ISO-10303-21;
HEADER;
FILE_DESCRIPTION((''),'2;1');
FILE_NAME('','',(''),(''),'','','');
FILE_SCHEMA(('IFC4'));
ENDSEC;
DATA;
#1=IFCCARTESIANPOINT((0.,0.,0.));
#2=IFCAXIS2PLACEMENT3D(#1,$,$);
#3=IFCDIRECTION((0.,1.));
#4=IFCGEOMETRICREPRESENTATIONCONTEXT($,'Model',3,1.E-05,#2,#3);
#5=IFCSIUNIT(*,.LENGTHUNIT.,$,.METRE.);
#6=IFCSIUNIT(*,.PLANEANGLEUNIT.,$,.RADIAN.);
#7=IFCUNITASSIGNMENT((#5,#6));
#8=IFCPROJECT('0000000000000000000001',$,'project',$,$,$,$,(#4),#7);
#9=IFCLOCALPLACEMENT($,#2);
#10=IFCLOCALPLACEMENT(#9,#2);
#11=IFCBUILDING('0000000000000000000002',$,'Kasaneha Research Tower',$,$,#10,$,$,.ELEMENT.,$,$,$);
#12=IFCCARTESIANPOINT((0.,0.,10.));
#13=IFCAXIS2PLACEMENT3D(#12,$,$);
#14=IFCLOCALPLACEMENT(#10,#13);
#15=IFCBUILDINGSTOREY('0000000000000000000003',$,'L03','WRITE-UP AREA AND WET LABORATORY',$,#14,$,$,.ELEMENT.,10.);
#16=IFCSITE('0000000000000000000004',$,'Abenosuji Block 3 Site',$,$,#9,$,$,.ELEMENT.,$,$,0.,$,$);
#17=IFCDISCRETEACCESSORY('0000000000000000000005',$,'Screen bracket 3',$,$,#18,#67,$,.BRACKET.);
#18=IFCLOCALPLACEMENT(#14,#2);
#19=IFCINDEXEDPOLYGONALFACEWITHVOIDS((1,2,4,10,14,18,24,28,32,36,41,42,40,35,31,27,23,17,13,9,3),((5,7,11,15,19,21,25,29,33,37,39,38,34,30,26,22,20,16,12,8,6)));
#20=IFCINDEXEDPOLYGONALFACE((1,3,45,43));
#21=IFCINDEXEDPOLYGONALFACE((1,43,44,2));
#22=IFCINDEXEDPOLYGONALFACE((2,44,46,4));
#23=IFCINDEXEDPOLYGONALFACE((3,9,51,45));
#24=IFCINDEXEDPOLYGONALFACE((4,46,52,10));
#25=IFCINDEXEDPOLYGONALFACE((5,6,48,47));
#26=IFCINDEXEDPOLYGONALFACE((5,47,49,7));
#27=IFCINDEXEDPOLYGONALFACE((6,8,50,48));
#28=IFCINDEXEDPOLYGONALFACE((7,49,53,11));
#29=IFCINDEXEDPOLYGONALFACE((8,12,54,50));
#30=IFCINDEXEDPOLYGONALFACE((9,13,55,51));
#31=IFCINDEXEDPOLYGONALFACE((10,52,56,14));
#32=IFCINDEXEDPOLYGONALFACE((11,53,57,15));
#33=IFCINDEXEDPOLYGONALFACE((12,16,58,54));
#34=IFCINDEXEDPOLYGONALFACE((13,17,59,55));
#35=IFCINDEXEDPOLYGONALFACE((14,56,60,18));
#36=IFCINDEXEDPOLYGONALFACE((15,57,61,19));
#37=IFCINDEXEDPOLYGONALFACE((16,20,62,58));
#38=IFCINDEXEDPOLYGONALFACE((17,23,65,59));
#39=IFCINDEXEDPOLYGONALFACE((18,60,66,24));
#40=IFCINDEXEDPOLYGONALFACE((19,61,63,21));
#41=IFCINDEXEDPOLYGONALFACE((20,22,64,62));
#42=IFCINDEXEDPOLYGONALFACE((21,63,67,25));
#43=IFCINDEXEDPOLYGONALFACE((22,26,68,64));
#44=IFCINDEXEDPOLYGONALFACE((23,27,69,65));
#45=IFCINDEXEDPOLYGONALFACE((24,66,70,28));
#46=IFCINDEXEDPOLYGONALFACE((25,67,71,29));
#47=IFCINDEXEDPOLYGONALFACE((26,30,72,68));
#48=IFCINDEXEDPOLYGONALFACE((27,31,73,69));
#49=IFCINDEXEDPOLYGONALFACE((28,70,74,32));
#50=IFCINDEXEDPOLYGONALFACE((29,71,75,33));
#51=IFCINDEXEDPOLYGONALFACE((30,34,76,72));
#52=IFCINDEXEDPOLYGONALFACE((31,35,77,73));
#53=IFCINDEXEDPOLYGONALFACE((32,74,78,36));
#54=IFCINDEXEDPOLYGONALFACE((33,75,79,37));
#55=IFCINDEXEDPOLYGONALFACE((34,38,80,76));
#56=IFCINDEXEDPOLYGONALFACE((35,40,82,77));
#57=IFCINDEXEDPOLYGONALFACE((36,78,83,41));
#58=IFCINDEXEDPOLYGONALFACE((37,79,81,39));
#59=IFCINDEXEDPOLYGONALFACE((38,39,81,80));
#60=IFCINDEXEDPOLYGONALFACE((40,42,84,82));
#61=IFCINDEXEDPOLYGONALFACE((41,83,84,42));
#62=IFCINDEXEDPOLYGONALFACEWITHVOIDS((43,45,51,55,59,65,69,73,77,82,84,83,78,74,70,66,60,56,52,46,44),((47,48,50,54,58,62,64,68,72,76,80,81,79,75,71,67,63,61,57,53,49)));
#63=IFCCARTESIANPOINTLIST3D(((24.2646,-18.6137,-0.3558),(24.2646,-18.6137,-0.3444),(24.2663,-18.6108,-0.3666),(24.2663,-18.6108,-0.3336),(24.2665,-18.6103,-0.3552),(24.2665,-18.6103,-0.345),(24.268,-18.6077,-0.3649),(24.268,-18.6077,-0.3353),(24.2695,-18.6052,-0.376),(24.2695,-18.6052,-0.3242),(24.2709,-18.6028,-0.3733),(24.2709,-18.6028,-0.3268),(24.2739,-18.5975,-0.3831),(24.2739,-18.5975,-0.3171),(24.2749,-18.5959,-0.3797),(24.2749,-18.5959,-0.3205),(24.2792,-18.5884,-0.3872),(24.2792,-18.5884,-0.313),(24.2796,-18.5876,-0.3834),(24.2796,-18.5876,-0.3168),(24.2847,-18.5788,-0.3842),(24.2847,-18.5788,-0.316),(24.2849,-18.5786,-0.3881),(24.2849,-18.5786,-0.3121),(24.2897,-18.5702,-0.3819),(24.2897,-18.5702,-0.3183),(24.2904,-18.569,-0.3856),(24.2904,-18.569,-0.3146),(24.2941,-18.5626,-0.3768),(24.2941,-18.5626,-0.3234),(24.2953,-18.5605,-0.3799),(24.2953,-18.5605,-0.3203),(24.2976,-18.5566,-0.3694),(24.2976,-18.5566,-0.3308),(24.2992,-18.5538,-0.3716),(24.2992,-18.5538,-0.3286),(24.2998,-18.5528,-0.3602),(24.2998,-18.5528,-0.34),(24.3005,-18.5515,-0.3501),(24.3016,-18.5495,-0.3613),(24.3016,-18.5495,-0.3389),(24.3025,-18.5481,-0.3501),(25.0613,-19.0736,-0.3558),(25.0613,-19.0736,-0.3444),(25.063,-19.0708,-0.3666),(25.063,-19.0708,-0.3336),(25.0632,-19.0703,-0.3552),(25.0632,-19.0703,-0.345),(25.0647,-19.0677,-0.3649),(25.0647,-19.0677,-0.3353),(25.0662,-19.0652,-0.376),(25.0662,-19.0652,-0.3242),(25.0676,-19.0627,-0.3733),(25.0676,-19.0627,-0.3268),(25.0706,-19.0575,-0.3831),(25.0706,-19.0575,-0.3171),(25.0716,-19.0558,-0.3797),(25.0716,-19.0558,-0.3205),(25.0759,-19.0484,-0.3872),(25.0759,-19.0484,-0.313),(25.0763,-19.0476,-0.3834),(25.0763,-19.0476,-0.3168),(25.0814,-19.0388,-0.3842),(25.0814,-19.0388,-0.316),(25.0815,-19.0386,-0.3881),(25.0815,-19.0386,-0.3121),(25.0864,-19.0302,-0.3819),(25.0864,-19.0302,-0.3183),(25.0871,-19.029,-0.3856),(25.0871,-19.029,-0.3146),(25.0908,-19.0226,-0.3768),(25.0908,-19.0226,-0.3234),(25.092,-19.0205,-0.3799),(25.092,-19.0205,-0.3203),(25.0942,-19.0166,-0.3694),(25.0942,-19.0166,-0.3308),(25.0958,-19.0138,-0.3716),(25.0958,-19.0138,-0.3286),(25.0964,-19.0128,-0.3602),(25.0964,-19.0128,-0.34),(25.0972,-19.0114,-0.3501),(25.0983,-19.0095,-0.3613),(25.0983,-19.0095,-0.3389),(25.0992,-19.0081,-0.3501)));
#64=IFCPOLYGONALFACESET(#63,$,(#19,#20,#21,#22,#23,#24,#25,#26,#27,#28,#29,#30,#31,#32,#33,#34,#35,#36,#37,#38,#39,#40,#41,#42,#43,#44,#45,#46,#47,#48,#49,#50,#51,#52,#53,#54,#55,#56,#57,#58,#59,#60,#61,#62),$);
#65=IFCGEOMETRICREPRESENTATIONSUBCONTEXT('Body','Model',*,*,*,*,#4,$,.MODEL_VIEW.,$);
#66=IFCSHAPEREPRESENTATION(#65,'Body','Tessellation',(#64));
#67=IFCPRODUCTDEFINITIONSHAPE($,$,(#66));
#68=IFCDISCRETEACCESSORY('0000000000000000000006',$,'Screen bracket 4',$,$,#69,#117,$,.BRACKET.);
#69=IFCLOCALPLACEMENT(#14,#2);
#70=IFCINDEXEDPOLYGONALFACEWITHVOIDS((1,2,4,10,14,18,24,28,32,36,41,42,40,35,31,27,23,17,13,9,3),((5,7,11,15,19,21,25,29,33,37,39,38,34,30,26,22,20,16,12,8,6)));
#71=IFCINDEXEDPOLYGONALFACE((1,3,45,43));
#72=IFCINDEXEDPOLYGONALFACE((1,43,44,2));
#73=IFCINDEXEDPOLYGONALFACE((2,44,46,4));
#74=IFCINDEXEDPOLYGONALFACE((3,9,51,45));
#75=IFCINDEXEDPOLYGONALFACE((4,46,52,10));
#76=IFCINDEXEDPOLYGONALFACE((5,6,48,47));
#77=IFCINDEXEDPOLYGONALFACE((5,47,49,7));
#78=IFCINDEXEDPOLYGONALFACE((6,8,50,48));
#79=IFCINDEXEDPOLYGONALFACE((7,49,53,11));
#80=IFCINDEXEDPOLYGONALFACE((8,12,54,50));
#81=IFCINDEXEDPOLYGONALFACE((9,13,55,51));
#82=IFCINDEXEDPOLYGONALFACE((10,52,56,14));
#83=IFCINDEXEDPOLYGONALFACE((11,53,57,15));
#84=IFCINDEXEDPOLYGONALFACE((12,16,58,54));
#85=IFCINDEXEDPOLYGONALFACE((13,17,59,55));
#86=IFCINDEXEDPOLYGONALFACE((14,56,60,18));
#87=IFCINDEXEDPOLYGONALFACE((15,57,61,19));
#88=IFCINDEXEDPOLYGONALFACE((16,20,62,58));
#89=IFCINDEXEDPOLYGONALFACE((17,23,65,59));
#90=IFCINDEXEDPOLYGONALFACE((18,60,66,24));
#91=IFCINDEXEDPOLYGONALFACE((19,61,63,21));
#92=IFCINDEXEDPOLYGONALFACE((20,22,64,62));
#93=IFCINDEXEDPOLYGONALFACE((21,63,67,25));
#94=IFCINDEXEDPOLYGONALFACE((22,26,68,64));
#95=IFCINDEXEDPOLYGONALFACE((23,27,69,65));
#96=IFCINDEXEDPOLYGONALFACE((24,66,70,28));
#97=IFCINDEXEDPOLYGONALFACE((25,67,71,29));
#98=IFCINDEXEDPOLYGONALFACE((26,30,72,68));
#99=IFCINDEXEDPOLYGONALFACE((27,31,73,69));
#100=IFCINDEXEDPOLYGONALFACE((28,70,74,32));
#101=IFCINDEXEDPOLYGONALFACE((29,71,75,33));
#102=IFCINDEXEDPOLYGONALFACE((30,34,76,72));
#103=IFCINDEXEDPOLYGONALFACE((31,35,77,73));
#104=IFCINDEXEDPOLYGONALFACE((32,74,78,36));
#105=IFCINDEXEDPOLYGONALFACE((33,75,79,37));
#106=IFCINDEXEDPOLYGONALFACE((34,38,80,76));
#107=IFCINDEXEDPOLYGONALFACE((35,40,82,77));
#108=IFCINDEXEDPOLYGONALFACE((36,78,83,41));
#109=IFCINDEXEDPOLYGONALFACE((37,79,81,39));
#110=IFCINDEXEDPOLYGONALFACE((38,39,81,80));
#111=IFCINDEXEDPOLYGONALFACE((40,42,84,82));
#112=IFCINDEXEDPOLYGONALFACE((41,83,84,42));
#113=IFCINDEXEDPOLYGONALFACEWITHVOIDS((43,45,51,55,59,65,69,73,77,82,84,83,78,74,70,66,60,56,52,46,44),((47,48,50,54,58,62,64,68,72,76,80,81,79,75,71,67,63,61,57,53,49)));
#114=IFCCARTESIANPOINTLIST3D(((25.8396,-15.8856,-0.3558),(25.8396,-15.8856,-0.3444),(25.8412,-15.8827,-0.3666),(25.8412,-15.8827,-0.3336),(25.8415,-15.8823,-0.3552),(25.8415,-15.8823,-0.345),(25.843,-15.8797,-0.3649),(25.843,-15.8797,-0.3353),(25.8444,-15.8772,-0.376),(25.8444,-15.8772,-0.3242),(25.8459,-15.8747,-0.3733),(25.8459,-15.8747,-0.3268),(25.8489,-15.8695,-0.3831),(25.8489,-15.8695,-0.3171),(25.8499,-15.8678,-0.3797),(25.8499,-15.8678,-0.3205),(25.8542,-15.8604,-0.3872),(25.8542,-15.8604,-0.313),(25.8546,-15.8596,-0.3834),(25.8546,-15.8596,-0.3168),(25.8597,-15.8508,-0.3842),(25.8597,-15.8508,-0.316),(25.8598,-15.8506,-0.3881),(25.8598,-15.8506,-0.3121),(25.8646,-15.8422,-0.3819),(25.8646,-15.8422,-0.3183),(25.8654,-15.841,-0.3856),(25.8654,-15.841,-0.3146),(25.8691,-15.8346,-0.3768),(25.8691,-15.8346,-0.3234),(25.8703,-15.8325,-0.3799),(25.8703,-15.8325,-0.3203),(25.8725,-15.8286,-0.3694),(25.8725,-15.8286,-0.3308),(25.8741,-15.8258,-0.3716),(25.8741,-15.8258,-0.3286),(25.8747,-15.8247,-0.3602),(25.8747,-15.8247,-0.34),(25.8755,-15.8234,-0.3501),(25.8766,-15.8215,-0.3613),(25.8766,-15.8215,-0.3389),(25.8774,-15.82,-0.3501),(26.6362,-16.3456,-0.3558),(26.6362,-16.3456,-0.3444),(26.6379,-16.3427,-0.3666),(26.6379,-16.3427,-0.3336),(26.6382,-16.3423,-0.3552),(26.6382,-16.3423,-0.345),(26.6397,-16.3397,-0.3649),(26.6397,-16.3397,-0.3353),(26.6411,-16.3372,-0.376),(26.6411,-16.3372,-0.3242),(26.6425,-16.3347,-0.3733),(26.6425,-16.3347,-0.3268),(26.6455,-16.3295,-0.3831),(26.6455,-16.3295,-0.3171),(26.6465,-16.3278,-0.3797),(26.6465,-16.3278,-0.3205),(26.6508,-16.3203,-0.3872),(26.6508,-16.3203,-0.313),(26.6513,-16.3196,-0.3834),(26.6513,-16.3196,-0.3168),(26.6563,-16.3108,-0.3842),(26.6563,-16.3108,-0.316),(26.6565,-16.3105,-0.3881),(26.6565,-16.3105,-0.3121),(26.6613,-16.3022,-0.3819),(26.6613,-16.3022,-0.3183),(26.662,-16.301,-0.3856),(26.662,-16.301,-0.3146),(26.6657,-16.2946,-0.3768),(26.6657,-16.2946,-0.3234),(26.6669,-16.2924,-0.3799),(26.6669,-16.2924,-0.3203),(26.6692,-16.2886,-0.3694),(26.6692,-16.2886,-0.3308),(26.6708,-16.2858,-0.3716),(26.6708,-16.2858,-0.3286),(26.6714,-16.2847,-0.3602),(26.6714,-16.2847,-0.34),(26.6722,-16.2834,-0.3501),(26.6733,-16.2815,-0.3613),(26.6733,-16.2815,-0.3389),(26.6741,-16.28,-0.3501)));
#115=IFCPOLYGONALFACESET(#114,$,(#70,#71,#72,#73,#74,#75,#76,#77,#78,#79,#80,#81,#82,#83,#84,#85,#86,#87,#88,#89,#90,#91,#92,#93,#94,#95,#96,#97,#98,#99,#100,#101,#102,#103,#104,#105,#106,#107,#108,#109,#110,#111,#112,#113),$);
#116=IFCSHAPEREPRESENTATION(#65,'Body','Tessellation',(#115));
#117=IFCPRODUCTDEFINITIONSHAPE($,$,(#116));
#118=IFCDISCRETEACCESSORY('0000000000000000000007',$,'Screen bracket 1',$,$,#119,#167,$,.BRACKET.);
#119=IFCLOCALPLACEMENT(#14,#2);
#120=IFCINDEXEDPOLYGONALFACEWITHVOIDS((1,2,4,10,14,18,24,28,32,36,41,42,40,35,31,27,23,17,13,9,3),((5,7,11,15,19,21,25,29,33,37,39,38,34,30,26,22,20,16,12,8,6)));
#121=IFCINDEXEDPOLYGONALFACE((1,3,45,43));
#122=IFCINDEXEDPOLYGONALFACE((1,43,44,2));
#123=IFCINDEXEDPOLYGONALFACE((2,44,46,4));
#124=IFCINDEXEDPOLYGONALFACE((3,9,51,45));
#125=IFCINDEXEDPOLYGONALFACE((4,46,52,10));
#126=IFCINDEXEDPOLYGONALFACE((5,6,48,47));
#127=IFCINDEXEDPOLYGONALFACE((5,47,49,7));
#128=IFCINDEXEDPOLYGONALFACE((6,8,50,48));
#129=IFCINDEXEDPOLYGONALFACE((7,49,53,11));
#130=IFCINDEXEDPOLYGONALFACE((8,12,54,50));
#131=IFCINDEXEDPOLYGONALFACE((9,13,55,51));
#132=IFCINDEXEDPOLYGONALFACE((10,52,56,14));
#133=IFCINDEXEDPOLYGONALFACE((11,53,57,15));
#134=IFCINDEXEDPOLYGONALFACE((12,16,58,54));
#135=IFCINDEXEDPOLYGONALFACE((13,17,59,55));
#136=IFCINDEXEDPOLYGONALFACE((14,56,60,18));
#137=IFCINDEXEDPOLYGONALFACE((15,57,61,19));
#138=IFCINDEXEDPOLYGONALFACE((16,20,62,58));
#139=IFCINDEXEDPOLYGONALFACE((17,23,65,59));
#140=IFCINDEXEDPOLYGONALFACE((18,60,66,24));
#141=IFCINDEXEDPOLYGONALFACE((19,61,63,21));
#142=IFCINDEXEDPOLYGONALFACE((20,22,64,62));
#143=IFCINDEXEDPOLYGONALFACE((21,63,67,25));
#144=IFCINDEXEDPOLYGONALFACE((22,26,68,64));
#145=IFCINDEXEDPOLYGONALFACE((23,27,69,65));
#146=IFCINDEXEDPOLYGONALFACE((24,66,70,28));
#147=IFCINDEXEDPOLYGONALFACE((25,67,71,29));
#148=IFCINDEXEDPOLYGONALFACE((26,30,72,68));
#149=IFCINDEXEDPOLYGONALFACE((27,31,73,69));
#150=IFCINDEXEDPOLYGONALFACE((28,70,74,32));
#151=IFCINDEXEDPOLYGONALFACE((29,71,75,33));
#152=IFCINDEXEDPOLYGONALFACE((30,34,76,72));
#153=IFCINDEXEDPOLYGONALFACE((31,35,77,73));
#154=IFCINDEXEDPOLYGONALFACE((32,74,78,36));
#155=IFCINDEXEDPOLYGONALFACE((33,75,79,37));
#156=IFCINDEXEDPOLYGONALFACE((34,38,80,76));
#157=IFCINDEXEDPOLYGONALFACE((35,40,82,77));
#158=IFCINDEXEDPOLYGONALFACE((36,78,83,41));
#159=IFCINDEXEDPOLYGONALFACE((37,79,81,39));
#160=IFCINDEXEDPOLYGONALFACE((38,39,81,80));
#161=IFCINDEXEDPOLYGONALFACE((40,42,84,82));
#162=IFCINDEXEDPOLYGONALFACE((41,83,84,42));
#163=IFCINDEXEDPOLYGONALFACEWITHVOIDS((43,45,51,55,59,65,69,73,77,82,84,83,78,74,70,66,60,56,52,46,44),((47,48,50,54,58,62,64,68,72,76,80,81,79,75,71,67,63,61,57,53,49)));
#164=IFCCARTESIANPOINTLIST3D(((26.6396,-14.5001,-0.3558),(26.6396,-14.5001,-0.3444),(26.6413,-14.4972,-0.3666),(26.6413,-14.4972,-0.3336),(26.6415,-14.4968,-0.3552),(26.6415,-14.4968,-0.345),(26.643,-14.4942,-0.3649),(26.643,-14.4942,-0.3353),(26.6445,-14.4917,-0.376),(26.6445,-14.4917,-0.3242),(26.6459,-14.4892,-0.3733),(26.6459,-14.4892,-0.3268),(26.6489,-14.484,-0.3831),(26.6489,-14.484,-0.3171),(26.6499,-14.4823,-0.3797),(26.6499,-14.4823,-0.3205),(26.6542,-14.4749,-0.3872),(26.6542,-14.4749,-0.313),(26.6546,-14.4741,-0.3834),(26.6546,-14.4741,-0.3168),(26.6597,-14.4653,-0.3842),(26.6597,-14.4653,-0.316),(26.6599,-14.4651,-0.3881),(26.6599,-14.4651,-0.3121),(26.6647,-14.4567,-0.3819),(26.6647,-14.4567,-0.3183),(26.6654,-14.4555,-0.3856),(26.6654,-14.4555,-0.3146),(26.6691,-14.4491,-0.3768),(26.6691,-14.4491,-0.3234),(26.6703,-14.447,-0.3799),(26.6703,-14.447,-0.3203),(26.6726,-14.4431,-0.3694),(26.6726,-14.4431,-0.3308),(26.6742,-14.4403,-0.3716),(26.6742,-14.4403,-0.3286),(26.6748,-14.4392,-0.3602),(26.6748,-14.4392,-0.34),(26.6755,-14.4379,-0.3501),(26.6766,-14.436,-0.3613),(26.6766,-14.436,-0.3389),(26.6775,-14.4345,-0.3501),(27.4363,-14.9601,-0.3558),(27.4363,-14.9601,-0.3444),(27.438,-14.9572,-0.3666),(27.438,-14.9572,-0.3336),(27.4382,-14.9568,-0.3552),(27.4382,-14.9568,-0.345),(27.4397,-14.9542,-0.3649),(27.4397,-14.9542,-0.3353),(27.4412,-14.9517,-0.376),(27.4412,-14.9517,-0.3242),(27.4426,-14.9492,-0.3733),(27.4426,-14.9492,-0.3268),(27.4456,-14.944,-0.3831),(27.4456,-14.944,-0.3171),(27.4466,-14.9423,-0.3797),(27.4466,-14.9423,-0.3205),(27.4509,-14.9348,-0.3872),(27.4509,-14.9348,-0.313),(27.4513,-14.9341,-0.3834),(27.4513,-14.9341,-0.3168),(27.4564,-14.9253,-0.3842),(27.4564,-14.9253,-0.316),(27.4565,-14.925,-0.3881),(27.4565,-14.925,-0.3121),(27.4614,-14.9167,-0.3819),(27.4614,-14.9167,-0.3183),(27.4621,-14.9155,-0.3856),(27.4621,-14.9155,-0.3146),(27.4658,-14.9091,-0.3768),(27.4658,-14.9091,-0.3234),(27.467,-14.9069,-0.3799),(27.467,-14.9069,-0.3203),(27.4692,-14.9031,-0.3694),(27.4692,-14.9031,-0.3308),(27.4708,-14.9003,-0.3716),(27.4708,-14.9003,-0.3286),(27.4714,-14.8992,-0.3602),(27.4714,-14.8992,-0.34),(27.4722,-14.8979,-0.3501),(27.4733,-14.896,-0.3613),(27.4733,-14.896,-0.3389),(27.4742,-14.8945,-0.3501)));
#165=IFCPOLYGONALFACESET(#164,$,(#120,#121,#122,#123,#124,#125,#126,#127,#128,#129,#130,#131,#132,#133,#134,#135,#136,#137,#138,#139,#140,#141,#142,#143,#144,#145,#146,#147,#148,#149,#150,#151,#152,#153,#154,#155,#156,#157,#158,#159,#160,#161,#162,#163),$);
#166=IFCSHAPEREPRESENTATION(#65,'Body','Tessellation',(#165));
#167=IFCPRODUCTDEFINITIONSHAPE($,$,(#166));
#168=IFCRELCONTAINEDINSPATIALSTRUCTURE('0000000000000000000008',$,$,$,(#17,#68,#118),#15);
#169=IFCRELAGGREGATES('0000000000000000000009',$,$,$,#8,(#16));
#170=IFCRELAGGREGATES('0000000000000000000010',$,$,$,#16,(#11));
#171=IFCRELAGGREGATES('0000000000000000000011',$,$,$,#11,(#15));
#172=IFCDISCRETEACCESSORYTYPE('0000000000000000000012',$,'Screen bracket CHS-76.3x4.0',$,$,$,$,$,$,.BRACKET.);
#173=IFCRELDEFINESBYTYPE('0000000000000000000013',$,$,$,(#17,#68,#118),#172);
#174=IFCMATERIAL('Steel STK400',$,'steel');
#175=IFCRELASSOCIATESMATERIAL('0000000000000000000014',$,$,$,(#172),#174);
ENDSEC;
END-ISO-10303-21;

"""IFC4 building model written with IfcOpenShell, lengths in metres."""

from ifc_helpers import new_model, si_unit, direction, frame, origin, origin_2d, place, context, subcontext, project, spatial, hollow_circle, extrude, material, material_profile, profile_set, type_object, element, save


model = new_model("IFC4")

# Units and contexts
model_context = context("Model", 3, precision=1e-05, world=origin(), true_north=direction((0.0, 1.0)))
body_context = subcontext(model_context, "Body", "Model", "MODEL_VIEW")
ifc_project = project(units=[si_unit("LENGTHUNIT", "METRE"), si_unit("PLANEANGLEUNIT", "RADIAN")], contexts=[model_context])

# Site, building, storey
site_placement = place(None, origin())
site = spatial("IfcSite", under=ifc_project, at=site_placement, Name="Abenosuji Block 3 Site", CompositionType="ELEMENT", RefElevation=0.0)
building_placement = place(site_placement, origin())
building = spatial("IfcBuilding", under=site, at=building_placement, Name="Kasaneha Research Tower", CompositionType="ELEMENT")
storey_placement = place(building_placement, frame((0.0, 0.0, 10.0)))
storey = spatial("IfcBuildingStorey", under=building, at=storey_placement, Name="L03", Description="WRITE-UP AREA AND WET LABORATORY", CompositionType="ELEMENT", Elevation=10.0)

# Discrete accessories
ifc_material_1 = material(Name="Steel STK400", Category="steel")
ifc_material_profile_1 = material_profile(ifc_material_1, hollow_circle(Radius=0.0381, WallThickness=0.0039, at=origin_2d()), Name="CHS-76.3x4.0")
ifc_profile_set_1 = profile_set([ifc_material_profile_1], Name="Steel STK400")
discrete_accessory_type = type_object("IfcDiscreteAccessoryType", Name="Screen bracket CHS-76.3x4.0", PredefinedType="BRACKET", material=ifc_profile_set_1)
for number, where, z_axis, x_axis, name in (
    (1, (24.2834, -18.5811, -0.3501), (0.866013, -0.500021, 0.0), (0.500021, 0.866013, 0.0), "Screen bracket 3"),
    (2, (25.8584, -15.853, -0.3501), (0.866013, -0.500021, 0.0), (0.500021, 0.866013, 0.0), "Screen bracket 4"),
    (3, (26.6584, -14.4675, -0.3501), (0.866013, -0.500021, 0.0), (0.500021, 0.866013, 0.0), "Screen bracket 1"),
):
    element("IfcDiscreteAccessory", number, at=place(storey_placement, frame(where, z_axis=z_axis, x_axis=x_axis)), inside=storey, type_object=discrete_accessory_type, Name=name, PredefinedType="BRACKET", context=body_context, shape_type="SweptSolid", body=[
        extrude(hollow_circle(Radius=0.0381, WallThickness=0.0039, at=origin_2d()), origin(), (0.0, 0.0, 1.0), 0.9199),
    ])

save(model, "model.ifc")
